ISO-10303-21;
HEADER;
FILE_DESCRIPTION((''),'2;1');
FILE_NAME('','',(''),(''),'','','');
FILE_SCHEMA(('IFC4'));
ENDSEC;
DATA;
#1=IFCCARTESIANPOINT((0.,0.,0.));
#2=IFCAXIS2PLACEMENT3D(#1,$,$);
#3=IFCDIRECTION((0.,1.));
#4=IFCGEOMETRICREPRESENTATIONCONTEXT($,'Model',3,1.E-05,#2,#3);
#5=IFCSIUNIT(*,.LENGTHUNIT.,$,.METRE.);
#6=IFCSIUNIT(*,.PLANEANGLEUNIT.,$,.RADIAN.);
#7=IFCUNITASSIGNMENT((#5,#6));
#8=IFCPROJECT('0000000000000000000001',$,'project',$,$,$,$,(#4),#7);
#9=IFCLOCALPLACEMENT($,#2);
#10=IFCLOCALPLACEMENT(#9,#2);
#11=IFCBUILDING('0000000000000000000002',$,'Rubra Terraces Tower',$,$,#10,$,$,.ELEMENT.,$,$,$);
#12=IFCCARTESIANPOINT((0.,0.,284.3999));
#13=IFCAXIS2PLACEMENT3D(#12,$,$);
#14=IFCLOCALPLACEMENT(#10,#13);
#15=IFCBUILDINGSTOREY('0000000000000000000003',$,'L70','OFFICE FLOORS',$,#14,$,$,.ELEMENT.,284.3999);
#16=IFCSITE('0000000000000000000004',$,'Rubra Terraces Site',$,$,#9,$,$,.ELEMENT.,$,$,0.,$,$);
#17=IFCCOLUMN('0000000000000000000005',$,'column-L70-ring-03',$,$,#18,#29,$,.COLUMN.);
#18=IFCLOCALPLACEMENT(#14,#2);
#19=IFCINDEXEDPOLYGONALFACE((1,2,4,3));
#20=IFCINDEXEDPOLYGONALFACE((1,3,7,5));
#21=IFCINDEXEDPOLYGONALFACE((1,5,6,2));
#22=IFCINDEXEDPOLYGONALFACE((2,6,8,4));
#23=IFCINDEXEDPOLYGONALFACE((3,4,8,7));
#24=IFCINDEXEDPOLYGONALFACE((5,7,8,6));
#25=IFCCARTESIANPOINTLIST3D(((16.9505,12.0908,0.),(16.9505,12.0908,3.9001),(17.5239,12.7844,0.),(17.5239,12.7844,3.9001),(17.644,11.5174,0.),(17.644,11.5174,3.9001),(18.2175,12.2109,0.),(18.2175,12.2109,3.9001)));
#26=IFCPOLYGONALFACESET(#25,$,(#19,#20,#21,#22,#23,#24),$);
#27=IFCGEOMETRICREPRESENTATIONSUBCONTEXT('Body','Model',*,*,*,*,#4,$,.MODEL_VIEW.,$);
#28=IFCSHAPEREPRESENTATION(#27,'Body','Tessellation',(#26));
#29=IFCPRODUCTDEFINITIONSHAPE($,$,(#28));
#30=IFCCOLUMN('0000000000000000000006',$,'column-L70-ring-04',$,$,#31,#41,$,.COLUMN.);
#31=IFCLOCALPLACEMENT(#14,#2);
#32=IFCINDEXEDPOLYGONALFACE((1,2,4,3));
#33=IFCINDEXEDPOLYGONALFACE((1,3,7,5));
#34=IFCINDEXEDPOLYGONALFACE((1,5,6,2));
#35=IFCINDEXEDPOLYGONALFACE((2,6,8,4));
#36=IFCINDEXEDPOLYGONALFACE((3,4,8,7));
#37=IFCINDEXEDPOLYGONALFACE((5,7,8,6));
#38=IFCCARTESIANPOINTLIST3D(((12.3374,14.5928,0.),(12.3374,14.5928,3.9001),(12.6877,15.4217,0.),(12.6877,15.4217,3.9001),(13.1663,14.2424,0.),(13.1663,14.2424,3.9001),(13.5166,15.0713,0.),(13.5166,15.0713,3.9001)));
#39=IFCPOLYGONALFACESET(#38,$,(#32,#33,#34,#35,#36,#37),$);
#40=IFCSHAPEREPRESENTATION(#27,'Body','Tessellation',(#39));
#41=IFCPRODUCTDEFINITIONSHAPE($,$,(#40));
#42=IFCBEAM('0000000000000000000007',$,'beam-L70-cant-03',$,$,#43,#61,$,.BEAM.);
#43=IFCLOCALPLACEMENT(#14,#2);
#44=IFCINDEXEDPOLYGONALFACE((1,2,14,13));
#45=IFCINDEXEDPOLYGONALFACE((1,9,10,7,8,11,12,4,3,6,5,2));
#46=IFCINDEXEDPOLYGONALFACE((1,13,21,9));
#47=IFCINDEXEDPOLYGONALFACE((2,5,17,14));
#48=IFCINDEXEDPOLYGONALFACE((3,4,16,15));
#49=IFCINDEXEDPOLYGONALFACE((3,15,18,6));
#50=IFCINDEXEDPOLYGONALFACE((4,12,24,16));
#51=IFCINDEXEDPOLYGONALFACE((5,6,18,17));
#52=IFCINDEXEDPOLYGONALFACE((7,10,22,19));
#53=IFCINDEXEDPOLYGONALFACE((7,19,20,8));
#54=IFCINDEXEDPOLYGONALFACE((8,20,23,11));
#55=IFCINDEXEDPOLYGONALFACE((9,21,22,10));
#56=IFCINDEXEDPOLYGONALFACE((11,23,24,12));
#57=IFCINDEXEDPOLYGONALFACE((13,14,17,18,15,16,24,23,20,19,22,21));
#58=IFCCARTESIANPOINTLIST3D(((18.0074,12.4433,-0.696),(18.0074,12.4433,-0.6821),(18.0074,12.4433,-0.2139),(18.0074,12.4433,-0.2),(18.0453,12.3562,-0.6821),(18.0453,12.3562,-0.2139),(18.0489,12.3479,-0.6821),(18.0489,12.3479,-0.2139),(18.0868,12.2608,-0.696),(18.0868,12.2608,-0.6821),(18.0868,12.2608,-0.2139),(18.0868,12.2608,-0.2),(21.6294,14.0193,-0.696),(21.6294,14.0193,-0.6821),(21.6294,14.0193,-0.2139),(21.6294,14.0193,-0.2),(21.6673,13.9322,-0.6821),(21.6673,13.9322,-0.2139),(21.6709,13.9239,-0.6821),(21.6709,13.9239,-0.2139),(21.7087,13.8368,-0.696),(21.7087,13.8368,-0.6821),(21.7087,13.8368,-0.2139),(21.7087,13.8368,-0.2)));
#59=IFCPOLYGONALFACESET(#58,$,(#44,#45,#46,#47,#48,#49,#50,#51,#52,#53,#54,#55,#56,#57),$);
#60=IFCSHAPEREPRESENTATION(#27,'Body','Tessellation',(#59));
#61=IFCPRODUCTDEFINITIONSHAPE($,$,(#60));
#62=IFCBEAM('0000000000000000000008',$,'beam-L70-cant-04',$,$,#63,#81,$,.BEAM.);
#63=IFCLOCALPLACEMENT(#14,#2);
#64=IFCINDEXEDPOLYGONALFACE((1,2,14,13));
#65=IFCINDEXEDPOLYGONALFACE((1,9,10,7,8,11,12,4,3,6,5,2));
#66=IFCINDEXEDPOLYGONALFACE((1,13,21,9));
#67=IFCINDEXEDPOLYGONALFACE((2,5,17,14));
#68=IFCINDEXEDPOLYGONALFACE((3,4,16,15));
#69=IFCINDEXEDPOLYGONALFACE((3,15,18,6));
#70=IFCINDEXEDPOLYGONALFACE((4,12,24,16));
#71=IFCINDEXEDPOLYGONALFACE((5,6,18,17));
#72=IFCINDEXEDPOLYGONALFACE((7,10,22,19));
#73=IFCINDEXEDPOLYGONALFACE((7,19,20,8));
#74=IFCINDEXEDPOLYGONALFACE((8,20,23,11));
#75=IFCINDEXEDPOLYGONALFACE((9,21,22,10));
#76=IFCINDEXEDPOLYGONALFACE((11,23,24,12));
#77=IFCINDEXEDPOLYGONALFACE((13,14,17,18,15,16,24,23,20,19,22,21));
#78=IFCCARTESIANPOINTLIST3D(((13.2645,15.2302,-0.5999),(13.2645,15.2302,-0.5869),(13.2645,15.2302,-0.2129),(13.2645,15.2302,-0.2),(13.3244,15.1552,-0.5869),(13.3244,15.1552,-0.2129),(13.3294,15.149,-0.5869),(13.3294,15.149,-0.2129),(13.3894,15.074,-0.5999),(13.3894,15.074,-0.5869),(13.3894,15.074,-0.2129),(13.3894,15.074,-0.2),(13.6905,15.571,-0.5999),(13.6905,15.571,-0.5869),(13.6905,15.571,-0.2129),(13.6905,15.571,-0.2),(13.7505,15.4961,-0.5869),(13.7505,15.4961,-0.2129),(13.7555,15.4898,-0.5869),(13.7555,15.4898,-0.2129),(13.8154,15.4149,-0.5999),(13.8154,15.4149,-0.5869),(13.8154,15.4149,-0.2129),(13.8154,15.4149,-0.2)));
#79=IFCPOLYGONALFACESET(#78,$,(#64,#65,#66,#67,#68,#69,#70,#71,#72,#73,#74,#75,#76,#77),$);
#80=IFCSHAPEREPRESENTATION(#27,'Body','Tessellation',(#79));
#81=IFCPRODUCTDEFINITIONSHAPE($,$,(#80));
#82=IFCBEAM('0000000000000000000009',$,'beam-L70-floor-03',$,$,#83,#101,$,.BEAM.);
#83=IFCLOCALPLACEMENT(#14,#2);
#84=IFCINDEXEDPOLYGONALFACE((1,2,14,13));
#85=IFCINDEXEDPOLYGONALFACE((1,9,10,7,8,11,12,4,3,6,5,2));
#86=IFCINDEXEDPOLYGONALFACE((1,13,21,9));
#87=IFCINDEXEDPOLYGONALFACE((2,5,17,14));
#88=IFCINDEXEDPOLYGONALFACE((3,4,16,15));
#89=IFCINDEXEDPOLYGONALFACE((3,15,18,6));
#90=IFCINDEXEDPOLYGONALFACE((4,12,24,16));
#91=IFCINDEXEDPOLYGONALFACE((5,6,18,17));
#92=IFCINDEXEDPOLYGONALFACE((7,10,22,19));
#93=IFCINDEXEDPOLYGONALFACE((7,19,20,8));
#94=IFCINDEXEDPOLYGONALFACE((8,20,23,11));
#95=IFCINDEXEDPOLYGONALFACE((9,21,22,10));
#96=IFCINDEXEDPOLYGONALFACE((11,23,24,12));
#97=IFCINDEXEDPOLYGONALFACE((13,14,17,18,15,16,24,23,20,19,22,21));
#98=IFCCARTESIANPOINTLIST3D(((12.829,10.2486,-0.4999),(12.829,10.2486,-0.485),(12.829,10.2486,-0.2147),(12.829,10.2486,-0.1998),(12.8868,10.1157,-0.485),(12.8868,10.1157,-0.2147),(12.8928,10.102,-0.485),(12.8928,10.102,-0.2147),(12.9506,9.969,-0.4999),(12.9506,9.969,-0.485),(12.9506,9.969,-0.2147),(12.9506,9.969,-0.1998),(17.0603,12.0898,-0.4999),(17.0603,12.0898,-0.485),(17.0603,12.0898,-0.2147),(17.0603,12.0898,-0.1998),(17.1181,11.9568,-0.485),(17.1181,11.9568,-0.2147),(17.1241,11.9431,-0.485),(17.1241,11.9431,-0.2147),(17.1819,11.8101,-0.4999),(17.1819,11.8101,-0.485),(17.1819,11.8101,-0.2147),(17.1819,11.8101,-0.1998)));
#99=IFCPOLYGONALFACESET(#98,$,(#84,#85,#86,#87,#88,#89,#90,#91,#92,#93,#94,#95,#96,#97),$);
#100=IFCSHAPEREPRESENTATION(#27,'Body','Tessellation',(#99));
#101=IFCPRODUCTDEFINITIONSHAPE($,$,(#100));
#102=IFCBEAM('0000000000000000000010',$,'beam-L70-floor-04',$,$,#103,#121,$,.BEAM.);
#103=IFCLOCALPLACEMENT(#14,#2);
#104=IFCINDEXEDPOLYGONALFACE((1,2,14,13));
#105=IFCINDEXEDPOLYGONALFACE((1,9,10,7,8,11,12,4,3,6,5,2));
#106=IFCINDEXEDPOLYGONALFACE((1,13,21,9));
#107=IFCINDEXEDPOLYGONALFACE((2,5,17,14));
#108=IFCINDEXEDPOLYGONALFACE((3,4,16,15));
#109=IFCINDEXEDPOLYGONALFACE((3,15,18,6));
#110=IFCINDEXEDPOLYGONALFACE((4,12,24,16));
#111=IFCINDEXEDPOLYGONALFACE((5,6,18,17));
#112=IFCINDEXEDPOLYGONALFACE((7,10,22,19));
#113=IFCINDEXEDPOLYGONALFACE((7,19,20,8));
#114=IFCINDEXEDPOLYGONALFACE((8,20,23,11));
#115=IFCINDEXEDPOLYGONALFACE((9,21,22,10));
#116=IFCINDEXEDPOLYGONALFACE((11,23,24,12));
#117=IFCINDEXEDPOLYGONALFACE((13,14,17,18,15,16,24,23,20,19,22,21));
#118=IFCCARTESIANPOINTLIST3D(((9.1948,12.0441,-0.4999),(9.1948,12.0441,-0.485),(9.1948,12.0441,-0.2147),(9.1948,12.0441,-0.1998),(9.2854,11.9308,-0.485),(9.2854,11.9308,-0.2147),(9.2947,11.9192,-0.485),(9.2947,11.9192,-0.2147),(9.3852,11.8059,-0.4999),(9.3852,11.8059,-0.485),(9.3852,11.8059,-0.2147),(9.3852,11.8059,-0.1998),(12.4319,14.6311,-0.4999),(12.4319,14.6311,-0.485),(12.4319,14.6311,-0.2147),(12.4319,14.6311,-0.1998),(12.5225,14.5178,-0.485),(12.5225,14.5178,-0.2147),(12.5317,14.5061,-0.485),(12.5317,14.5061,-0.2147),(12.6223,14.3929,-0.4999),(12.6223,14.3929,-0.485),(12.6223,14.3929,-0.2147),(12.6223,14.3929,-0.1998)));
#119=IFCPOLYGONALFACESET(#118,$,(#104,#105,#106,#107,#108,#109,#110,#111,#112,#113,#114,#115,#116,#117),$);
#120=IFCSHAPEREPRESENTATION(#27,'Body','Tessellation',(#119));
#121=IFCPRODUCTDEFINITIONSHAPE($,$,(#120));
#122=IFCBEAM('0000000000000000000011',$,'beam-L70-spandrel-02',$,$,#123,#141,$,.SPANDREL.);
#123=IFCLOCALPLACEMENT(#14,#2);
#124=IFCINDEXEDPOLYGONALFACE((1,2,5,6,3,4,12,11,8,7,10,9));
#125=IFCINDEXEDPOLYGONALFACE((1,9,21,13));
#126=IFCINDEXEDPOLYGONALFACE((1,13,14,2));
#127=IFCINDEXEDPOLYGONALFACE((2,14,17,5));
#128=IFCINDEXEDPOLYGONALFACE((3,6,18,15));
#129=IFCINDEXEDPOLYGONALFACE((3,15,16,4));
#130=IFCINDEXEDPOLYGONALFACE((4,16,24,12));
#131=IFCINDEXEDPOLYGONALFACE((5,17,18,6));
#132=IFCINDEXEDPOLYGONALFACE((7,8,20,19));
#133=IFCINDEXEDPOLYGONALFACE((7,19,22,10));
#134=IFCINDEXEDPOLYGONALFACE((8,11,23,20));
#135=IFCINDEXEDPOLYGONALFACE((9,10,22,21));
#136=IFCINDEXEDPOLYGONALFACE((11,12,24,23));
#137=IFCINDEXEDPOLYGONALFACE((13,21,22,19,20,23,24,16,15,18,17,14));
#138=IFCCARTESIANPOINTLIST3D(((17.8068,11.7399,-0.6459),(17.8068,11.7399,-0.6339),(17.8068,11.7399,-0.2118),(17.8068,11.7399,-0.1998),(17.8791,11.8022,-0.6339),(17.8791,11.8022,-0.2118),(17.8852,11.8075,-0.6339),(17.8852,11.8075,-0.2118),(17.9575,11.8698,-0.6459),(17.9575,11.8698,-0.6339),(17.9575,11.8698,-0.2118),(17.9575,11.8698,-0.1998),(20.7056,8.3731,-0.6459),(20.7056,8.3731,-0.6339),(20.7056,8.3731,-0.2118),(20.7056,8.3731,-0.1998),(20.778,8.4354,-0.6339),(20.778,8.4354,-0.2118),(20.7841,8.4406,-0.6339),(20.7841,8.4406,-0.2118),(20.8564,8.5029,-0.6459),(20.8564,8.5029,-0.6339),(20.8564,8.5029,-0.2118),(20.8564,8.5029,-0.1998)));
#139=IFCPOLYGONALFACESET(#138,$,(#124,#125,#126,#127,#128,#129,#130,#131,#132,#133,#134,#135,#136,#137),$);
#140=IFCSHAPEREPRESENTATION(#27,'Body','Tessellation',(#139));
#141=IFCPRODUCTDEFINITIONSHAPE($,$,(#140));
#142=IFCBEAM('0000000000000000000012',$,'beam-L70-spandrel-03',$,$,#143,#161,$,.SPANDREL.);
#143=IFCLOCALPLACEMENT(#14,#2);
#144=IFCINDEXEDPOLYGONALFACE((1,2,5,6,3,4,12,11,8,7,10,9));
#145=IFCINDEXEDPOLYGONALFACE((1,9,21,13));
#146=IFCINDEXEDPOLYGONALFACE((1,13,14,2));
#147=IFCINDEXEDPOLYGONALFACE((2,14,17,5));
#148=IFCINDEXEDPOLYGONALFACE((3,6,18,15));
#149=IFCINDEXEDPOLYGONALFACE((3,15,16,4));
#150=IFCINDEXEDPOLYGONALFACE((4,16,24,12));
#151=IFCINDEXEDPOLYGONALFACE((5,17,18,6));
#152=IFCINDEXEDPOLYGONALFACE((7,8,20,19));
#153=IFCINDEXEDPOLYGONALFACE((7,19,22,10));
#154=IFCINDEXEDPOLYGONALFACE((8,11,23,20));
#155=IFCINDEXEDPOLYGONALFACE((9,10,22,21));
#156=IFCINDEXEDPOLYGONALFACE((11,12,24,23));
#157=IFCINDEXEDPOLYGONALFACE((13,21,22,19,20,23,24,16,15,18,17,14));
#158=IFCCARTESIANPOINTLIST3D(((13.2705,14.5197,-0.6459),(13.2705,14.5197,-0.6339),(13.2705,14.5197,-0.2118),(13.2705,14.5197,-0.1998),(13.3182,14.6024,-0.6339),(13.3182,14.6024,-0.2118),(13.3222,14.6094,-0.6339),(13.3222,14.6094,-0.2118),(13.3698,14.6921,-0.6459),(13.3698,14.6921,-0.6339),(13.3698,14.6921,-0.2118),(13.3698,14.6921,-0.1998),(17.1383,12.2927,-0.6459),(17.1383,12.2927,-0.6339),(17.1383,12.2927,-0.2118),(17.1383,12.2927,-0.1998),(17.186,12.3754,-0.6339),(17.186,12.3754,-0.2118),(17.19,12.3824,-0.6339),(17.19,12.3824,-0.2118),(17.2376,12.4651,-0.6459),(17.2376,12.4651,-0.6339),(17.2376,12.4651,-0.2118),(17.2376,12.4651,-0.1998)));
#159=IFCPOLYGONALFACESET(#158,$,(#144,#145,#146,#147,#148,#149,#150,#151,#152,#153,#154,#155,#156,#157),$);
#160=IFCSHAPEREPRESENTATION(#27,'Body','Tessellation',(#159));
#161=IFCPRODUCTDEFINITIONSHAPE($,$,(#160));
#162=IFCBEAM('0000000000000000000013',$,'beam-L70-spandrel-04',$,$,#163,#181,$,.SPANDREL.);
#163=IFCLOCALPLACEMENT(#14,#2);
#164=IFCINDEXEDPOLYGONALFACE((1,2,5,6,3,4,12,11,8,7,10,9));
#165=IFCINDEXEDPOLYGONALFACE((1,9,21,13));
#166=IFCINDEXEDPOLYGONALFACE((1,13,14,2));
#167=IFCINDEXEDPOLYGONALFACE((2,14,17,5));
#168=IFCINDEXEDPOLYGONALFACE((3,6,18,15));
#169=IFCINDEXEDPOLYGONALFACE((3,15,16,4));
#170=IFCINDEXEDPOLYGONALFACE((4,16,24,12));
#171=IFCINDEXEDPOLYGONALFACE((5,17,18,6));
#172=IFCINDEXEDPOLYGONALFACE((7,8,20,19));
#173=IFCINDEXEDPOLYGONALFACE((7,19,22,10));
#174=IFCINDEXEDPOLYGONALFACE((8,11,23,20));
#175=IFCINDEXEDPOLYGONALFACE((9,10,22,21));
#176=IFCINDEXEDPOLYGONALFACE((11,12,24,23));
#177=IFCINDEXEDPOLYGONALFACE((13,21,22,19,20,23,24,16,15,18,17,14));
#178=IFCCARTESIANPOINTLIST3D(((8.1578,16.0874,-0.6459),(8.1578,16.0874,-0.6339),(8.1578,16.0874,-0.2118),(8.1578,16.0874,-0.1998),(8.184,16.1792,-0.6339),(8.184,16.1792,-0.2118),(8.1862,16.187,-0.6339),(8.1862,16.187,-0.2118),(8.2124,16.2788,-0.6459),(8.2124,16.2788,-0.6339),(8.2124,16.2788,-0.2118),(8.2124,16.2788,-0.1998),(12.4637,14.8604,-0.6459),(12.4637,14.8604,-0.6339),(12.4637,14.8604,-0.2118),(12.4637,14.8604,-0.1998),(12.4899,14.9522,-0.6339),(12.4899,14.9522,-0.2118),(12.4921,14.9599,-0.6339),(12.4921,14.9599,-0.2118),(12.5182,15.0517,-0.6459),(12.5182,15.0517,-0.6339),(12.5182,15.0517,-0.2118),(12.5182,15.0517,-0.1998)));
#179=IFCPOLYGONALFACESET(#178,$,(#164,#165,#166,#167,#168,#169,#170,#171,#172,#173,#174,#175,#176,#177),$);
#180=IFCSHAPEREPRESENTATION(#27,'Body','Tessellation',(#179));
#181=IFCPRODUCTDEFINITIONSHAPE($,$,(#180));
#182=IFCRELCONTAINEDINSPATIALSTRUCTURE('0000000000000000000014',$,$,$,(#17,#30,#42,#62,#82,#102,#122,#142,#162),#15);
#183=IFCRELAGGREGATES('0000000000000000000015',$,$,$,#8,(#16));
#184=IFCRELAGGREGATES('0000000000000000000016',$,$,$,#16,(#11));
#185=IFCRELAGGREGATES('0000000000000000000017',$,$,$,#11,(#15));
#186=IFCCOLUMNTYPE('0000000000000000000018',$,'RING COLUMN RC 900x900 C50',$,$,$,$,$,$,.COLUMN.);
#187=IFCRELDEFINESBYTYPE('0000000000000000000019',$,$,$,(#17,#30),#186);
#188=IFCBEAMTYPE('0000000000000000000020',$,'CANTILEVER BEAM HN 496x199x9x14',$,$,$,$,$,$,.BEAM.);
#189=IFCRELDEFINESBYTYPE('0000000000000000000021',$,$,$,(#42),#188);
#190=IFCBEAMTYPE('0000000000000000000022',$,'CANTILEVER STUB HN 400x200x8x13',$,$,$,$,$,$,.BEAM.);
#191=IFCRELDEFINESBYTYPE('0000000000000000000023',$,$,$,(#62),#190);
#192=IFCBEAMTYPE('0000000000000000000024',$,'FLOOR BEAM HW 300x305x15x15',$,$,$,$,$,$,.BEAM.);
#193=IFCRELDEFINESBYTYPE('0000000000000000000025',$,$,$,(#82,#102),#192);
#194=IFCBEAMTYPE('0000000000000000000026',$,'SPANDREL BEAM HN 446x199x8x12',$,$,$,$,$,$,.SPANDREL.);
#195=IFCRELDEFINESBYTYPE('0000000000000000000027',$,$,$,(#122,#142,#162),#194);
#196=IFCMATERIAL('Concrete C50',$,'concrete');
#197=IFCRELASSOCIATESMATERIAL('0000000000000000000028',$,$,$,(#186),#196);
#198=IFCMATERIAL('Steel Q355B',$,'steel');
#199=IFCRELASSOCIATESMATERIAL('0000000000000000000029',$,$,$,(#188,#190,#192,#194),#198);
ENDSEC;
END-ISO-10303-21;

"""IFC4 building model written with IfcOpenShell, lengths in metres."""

from ifc_helpers import new_model, si_unit, direction, frame, origin, origin_2d, place, context, subcontext, project, spatial, rectangle, i_section, extrude, material, material_profile, profile_set, type_object, element, save


model = new_model("IFC4")

# Units and contexts
model_context = context("Model", 3, precision=1e-05, world=origin(), true_north=direction((0.0, 1.0)))
body_context = subcontext(model_context, "Body", "Model", "MODEL_VIEW")
ifc_project = project(units=[si_unit("LENGTHUNIT", "METRE"), si_unit("PLANEANGLEUNIT", "RADIAN")], contexts=[model_context])

# Site, building, storey
site_placement = place(None, origin())
site = spatial("IfcSite", under=ifc_project, at=site_placement, Name="Rubra Terraces Site", CompositionType="ELEMENT", RefElevation=0.0)
building_placement = place(site_placement, origin())
building = spatial("IfcBuilding", under=site, at=building_placement, Name="Rubra Terraces Tower", CompositionType="ELEMENT")
storey_placement = place(building_placement, frame((0.0, 0.0, 284.3999)))
storey = spatial("IfcBuildingStorey", under=building, at=storey_placement, Name="L70", Description="OFFICE FLOORS", CompositionType="ELEMENT", Elevation=284.3999)

# Columns
ifc_material_1 = material(Name="Concrete C50", Category="concrete")
ifc_material_profile_1 = material_profile(ifc_material_1, rectangle(XDim=0.8999, YDim=0.8999, at=origin_2d()), Name="RC 900x900")
ifc_profile_set_1 = profile_set([ifc_material_profile_1], Name="Concrete C50")
column_type = type_object("IfcColumnType", Name="RING COLUMN RC 900x900 C50", PredefinedType="COLUMN", material=ifc_profile_set_1)
for number, where, z_axis, x_axis, name in (
    (1, (17.584, 12.1509, 0.0), (0.0, 0.0, 1.0), (-0.770679, 0.637223, 0.0), "column-L70-ring-03"),
    (2, (12.927, 14.832, 0.0), (0.0, 0.0, 1.0), (-0.921106, 0.389313, 0.0), "column-L70-ring-04"),
):
    element("IfcColumn", number, at=place(storey_placement, frame(where, z_axis=z_axis, x_axis=x_axis)), inside=storey, type_object=column_type, Name=name, PredefinedType="COLUMN", context=body_context, shape_type="SweptSolid", body=[
        extrude(rectangle(XDim=0.8999, YDim=0.8999, at=origin_2d()), origin(), (0.0, 0.0, 1.0), 3.9001),
    ])

# Beams
ifc_material_2 = material(Name="Steel Q355B", Category="steel")
ifc_material_profile_2 = material_profile(ifc_material_2, i_section(OverallWidth=0.199, OverallDepth=0.4961, WebThickness=0.009, FlangeThickness=0.0139, at=origin_2d()), Name="HN 496x199x9x14")
ifc_profile_set_2 = profile_set([ifc_material_profile_2], Name="Steel Q355B")
beam_type_1 = type_object("IfcBeamType", Name="CANTILEVER BEAM HN 496x199x9x14", PredefinedType="BEAM", material=ifc_profile_set_2)
beam_1_placement = place(storey_placement, frame((18.0471, 12.3521, -0.448), z_axis=(0.916957, 0.398986, 0.0), x_axis=(-0.398986, 0.916957, 0.0)))
element("IfcBeam", 3, at=beam_1_placement, inside=storey, type_object=beam_type_1, Name="beam-L70-cant-03", PredefinedType="BEAM", context=body_context, shape_type="SweptSolid", body=[
    extrude(i_section(OverallWidth=0.199, OverallDepth=0.4961, WebThickness=0.009, FlangeThickness=0.0139, at=origin_2d()), origin(), (0.0, 0.0, 1.0), 3.95),
])
ifc_material_profile_3 = material_profile(ifc_material_2, i_section(OverallWidth=0.2, OverallDepth=0.3999, WebThickness=0.0081, FlangeThickness=0.0129, at=origin_2d()), Name="HN 400x200x8x13")
ifc_profile_set_3 = profile_set([ifc_material_profile_3], Name="Steel Q355B")
beam_type_2 = type_object("IfcBeamType", Name="CANTILEVER STUB HN 400x200x8x13", PredefinedType="BEAM", material=ifc_profile_set_3)
beam_2_placement = place(storey_placement, frame((13.3269, 15.1521, -0.3999), z_axis=(0.780869, 0.624695, 0.0), x_axis=(-0.624695, 0.780869, 0.0)))
element("IfcBeam", 4, at=beam_2_placement, inside=storey, type_object=beam_type_2, Name="beam-L70-cant-04", PredefinedType="BEAM", context=body_context, shape_type="SweptSolid", body=[
    extrude(i_section(OverallWidth=0.2, OverallDepth=0.3999, WebThickness=0.0081, FlangeThickness=0.0129, at=origin_2d()), origin(), (0.0, 0.0, 1.0), 0.5457),
])
ifc_material_profile_4 = material_profile(ifc_material_2, i_section(OverallWidth=0.3049, OverallDepth=0.3, WebThickness=0.0149, FlangeThickness=0.0149, at=origin_2d()), Name="HW 300x305x15x15")
ifc_profile_set_4 = profile_set([ifc_material_profile_4], Name="Steel Q355B")
beam_type_3 = type_object("IfcBeamType", Name="FLOOR BEAM HW 300x305x15x15", PredefinedType="BEAM", material=ifc_profile_set_4)
beam_3_placement = place(storey_placement, frame((17.1211, 11.95, -0.3499), z_axis=(-0.916958, -0.398983, 0.0), x_axis=(0.398983, -0.916958, 0.0)))
element("IfcBeam", 5, at=beam_3_placement, inside=storey, type_object=beam_type_3, Name="beam-L70-floor-03", PredefinedType="BEAM", context=body_context, shape_type="SweptSolid", body=[
    extrude(i_section(OverallWidth=0.3049, OverallDepth=0.3, WebThickness=0.0149, FlangeThickness=0.0149, at=origin_2d()), origin(), (0.0, 0.0, 1.0), 4.6145),
])
beam_4_placement = place(storey_placement, frame((12.5271, 14.512, -0.3499), z_axis=(-0.781191, -0.624293, 0.0), x_axis=(0.624293, -0.781191, 0.0)))
element("IfcBeam", 6, at=beam_4_placement, inside=storey, type_object=beam_type_3, Name="beam-L70-floor-04", PredefinedType="BEAM", context=body_context, shape_type="SweptSolid", body=[
    extrude(i_section(OverallWidth=0.3049, OverallDepth=0.3, WebThickness=0.0149, FlangeThickness=0.0149, at=origin_2d()), origin(), (0.0, 0.0, 1.0), 4.1438),
])
ifc_material_profile_5 = material_profile(ifc_material_2, i_section(OverallWidth=0.199, OverallDepth=0.446, WebThickness=0.0081, FlangeThickness=0.012, at=origin_2d()), Name="HN 446x199x8x12")
ifc_profile_set_5 = profile_set([ifc_material_profile_5], Name="Steel Q355B")
beam_type_4 = type_object("IfcBeamType", Name="SPANDREL BEAM HN 446x199x8x12", PredefinedType="SPANDREL", material=ifc_profile_set_5)
beam_5_placement = place(storey_placement, frame((20.781, 8.438, -0.4229), z_axis=(-0.652473, 0.757812, 0.0), x_axis=(-0.757812, -0.652473, 0.0)))
element("IfcBeam", 7, at=beam_5_placement, inside=storey, type_object=beam_type_4, Name="beam-L70-spandrel-02", PredefinedType="SPANDREL", context=body_context, shape_type="SweptSolid", body=[
    extrude(i_section(OverallWidth=0.199, OverallDepth=0.446, WebThickness=0.0081, FlangeThickness=0.012, at=origin_2d()), origin(), (0.0, 0.0, 1.0), 4.4429),
])
beam_6_placement = place(storey_placement, frame((17.188, 12.3789, -0.4229), z_axis=(-0.866616, 0.498976, 0.0), x_axis=(-0.498976, -0.866616, 0.0)))
element("IfcBeam", 8, at=beam_6_placement, inside=storey, type_object=beam_type_4, Name="beam-L70-spandrel-03", PredefinedType="SPANDREL", context=body_context, shape_type="SweptSolid", body=[
    extrude(i_section(OverallWidth=0.199, OverallDepth=0.446, WebThickness=0.0081, FlangeThickness=0.012, at=origin_2d()), origin(), (0.0, 0.0, 1.0), 4.4631),
])
beam_7_placement = place(storey_placement, frame((12.491, 14.9561, -0.4229), z_axis=(-0.961713, 0.274058, 0.0), x_axis=(-0.274058, -0.961713, 0.0)))
element("IfcBeam", 9, at=beam_7_placement, inside=storey, type_object=beam_type_4, Name="beam-L70-spandrel-04", PredefinedType="SPANDREL", context=body_context, shape_type="SweptSolid", body=[
    extrude(i_section(OverallWidth=0.199, OverallDepth=0.446, WebThickness=0.0081, FlangeThickness=0.012, at=origin_2d()), origin(), (0.0, 0.0, 1.0), 4.4773),
])

save(model, "model.ifc")
